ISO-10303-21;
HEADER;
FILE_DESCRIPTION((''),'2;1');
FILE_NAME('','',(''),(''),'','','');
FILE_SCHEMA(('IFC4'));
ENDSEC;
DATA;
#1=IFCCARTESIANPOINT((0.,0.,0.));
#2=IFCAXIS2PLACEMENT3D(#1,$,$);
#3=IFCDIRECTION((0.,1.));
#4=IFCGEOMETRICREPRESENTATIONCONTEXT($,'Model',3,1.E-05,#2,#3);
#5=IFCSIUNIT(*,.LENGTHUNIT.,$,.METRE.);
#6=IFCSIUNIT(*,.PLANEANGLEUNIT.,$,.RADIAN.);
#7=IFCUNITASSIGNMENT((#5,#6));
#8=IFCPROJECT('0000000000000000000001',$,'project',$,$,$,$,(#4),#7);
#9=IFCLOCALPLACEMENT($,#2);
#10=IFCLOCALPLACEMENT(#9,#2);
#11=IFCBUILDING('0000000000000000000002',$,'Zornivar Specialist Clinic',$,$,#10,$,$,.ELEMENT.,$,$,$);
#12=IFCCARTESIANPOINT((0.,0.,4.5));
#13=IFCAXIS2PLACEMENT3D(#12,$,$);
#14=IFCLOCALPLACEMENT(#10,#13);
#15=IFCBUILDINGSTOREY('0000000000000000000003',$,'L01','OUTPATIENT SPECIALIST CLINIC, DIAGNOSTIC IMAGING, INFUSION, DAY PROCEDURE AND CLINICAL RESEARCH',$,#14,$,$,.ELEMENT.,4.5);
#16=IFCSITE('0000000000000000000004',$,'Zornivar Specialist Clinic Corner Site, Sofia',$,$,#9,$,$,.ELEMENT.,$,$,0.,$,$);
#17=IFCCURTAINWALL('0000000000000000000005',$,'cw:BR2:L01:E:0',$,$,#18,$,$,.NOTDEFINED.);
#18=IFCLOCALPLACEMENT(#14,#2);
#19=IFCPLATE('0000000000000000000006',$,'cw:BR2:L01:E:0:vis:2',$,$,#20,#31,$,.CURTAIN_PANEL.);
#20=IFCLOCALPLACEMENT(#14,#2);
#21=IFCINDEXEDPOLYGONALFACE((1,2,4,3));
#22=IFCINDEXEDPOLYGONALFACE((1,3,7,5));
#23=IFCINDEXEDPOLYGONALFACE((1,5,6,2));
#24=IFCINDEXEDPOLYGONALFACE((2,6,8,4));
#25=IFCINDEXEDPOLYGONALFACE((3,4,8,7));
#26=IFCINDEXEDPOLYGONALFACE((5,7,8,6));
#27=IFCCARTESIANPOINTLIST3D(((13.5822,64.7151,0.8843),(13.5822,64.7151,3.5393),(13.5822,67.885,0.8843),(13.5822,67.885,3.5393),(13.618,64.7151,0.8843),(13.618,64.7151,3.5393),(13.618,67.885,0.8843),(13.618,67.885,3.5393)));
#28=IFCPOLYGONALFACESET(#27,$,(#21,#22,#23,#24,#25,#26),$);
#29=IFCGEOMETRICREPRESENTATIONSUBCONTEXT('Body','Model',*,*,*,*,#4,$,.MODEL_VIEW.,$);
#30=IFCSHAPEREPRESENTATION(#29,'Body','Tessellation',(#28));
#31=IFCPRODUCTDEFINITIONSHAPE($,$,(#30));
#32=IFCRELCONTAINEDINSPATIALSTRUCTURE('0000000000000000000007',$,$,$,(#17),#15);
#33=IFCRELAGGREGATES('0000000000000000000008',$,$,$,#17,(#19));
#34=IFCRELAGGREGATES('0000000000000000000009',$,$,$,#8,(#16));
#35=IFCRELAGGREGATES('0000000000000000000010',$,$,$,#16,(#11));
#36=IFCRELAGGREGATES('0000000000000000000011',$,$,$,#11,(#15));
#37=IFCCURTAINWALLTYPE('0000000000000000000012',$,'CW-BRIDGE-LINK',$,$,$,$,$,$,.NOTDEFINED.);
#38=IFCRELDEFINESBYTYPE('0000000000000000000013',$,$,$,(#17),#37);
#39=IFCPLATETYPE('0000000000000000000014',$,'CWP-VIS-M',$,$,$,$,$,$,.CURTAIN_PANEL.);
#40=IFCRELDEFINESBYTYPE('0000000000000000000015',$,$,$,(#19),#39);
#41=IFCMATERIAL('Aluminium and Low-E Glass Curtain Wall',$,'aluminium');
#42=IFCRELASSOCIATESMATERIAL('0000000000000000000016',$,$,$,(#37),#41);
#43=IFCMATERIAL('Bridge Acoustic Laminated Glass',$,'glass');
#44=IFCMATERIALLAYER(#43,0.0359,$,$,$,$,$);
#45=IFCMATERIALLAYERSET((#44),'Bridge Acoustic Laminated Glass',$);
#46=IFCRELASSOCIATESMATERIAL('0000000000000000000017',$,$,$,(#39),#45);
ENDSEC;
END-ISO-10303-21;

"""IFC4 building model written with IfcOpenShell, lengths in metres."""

from ifc_helpers import new_model, si_unit, direction, frame, origin, origin_2d, place, context, subcontext, project, spatial, rectangle, extrude, material, layer, layer_set, type_object, element, aggregate, save


model = new_model("IFC4")

# Units and contexts
model_context = context("Model", 3, precision=1e-05, world=origin(), true_north=direction((0.0, 1.0)))
body_context = subcontext(model_context, "Body", "Model", "MODEL_VIEW")
ifc_project = project(units=[si_unit("LENGTHUNIT", "METRE"), si_unit("PLANEANGLEUNIT", "RADIAN")], contexts=[model_context])

# Site, building, storey
site_placement = place(None, origin())
site = spatial("IfcSite", under=ifc_project, at=site_placement, Name="Zornivar Specialist Clinic Corner Site, Sofia", CompositionType="ELEMENT", RefElevation=0.0)
building_placement = place(site_placement, origin())
building = spatial("IfcBuilding", under=site, at=building_placement, Name="Zornivar Specialist Clinic", CompositionType="ELEMENT")
storey_placement = place(building_placement, frame((0.0, 0.0, 4.5)))
storey = spatial("IfcBuildingStorey", under=building, at=storey_placement, Name="L01", Description="OUTPATIENT SPECIALIST CLINIC, DIAGNOSTIC IMAGING, INFUSION, DAY PROCEDURE AND CLINICAL RESEARCH", CompositionType="ELEMENT", Elevation=4.5)

# Shared definitions
ifc_material_1 = material(Name="Aluminium and Low-E Glass Curtain Wall", Category="aluminium")
curtain_wall_type = type_object("IfcCurtainWallType", Name="CW-BRIDGE-LINK", PredefinedType="NOTDEFINED", material=ifc_material_1)

# Curtain wall
curtain_wall_1_placement = place(storey_placement, origin())
curtain_wall_1 = element("IfcCurtainWall", 1, at=curtain_wall_1_placement, inside=storey, type_object=curtain_wall_type, Name="cw:BR2:L01:E:0", PredefinedType="NOTDEFINED")

# Plate
ifc_material_2 = material(Name="Bridge Acoustic Laminated Glass", Category="glass")
ifc_layer_1 = layer(ifc_material_2, 0.0359)
ifc_layer_set_1 = layer_set([ifc_layer_1], Name="Bridge Acoustic Laminated Glass")
plate_type_1 = type_object("IfcPlateType", Name="CWP-VIS-M", PredefinedType="CURTAIN_PANEL", material=ifc_layer_set_1)
plate_1_placement = place(storey_placement, frame((13.6001, 66.3, 0.8843), z_axis=(0.0, 0.0, 1.0), x_axis=(0.0, 1.0, 0.0)))
plate_1 = element("IfcPlate", 2, at=plate_1_placement, type_object=plate_type_1, Name="cw:BR2:L01:E:0:vis:2", PredefinedType="CURTAIN_PANEL", context=body_context, shape_type="SweptSolid", body=[
    extrude(rectangle(XDim=3.1699, YDim=0.0359, at=origin_2d()), origin(), (0.0, 0.0, 1.0), 2.655),
])
aggregate(curtain_wall_1, [plate_1])

save(model, "model.ifc")
